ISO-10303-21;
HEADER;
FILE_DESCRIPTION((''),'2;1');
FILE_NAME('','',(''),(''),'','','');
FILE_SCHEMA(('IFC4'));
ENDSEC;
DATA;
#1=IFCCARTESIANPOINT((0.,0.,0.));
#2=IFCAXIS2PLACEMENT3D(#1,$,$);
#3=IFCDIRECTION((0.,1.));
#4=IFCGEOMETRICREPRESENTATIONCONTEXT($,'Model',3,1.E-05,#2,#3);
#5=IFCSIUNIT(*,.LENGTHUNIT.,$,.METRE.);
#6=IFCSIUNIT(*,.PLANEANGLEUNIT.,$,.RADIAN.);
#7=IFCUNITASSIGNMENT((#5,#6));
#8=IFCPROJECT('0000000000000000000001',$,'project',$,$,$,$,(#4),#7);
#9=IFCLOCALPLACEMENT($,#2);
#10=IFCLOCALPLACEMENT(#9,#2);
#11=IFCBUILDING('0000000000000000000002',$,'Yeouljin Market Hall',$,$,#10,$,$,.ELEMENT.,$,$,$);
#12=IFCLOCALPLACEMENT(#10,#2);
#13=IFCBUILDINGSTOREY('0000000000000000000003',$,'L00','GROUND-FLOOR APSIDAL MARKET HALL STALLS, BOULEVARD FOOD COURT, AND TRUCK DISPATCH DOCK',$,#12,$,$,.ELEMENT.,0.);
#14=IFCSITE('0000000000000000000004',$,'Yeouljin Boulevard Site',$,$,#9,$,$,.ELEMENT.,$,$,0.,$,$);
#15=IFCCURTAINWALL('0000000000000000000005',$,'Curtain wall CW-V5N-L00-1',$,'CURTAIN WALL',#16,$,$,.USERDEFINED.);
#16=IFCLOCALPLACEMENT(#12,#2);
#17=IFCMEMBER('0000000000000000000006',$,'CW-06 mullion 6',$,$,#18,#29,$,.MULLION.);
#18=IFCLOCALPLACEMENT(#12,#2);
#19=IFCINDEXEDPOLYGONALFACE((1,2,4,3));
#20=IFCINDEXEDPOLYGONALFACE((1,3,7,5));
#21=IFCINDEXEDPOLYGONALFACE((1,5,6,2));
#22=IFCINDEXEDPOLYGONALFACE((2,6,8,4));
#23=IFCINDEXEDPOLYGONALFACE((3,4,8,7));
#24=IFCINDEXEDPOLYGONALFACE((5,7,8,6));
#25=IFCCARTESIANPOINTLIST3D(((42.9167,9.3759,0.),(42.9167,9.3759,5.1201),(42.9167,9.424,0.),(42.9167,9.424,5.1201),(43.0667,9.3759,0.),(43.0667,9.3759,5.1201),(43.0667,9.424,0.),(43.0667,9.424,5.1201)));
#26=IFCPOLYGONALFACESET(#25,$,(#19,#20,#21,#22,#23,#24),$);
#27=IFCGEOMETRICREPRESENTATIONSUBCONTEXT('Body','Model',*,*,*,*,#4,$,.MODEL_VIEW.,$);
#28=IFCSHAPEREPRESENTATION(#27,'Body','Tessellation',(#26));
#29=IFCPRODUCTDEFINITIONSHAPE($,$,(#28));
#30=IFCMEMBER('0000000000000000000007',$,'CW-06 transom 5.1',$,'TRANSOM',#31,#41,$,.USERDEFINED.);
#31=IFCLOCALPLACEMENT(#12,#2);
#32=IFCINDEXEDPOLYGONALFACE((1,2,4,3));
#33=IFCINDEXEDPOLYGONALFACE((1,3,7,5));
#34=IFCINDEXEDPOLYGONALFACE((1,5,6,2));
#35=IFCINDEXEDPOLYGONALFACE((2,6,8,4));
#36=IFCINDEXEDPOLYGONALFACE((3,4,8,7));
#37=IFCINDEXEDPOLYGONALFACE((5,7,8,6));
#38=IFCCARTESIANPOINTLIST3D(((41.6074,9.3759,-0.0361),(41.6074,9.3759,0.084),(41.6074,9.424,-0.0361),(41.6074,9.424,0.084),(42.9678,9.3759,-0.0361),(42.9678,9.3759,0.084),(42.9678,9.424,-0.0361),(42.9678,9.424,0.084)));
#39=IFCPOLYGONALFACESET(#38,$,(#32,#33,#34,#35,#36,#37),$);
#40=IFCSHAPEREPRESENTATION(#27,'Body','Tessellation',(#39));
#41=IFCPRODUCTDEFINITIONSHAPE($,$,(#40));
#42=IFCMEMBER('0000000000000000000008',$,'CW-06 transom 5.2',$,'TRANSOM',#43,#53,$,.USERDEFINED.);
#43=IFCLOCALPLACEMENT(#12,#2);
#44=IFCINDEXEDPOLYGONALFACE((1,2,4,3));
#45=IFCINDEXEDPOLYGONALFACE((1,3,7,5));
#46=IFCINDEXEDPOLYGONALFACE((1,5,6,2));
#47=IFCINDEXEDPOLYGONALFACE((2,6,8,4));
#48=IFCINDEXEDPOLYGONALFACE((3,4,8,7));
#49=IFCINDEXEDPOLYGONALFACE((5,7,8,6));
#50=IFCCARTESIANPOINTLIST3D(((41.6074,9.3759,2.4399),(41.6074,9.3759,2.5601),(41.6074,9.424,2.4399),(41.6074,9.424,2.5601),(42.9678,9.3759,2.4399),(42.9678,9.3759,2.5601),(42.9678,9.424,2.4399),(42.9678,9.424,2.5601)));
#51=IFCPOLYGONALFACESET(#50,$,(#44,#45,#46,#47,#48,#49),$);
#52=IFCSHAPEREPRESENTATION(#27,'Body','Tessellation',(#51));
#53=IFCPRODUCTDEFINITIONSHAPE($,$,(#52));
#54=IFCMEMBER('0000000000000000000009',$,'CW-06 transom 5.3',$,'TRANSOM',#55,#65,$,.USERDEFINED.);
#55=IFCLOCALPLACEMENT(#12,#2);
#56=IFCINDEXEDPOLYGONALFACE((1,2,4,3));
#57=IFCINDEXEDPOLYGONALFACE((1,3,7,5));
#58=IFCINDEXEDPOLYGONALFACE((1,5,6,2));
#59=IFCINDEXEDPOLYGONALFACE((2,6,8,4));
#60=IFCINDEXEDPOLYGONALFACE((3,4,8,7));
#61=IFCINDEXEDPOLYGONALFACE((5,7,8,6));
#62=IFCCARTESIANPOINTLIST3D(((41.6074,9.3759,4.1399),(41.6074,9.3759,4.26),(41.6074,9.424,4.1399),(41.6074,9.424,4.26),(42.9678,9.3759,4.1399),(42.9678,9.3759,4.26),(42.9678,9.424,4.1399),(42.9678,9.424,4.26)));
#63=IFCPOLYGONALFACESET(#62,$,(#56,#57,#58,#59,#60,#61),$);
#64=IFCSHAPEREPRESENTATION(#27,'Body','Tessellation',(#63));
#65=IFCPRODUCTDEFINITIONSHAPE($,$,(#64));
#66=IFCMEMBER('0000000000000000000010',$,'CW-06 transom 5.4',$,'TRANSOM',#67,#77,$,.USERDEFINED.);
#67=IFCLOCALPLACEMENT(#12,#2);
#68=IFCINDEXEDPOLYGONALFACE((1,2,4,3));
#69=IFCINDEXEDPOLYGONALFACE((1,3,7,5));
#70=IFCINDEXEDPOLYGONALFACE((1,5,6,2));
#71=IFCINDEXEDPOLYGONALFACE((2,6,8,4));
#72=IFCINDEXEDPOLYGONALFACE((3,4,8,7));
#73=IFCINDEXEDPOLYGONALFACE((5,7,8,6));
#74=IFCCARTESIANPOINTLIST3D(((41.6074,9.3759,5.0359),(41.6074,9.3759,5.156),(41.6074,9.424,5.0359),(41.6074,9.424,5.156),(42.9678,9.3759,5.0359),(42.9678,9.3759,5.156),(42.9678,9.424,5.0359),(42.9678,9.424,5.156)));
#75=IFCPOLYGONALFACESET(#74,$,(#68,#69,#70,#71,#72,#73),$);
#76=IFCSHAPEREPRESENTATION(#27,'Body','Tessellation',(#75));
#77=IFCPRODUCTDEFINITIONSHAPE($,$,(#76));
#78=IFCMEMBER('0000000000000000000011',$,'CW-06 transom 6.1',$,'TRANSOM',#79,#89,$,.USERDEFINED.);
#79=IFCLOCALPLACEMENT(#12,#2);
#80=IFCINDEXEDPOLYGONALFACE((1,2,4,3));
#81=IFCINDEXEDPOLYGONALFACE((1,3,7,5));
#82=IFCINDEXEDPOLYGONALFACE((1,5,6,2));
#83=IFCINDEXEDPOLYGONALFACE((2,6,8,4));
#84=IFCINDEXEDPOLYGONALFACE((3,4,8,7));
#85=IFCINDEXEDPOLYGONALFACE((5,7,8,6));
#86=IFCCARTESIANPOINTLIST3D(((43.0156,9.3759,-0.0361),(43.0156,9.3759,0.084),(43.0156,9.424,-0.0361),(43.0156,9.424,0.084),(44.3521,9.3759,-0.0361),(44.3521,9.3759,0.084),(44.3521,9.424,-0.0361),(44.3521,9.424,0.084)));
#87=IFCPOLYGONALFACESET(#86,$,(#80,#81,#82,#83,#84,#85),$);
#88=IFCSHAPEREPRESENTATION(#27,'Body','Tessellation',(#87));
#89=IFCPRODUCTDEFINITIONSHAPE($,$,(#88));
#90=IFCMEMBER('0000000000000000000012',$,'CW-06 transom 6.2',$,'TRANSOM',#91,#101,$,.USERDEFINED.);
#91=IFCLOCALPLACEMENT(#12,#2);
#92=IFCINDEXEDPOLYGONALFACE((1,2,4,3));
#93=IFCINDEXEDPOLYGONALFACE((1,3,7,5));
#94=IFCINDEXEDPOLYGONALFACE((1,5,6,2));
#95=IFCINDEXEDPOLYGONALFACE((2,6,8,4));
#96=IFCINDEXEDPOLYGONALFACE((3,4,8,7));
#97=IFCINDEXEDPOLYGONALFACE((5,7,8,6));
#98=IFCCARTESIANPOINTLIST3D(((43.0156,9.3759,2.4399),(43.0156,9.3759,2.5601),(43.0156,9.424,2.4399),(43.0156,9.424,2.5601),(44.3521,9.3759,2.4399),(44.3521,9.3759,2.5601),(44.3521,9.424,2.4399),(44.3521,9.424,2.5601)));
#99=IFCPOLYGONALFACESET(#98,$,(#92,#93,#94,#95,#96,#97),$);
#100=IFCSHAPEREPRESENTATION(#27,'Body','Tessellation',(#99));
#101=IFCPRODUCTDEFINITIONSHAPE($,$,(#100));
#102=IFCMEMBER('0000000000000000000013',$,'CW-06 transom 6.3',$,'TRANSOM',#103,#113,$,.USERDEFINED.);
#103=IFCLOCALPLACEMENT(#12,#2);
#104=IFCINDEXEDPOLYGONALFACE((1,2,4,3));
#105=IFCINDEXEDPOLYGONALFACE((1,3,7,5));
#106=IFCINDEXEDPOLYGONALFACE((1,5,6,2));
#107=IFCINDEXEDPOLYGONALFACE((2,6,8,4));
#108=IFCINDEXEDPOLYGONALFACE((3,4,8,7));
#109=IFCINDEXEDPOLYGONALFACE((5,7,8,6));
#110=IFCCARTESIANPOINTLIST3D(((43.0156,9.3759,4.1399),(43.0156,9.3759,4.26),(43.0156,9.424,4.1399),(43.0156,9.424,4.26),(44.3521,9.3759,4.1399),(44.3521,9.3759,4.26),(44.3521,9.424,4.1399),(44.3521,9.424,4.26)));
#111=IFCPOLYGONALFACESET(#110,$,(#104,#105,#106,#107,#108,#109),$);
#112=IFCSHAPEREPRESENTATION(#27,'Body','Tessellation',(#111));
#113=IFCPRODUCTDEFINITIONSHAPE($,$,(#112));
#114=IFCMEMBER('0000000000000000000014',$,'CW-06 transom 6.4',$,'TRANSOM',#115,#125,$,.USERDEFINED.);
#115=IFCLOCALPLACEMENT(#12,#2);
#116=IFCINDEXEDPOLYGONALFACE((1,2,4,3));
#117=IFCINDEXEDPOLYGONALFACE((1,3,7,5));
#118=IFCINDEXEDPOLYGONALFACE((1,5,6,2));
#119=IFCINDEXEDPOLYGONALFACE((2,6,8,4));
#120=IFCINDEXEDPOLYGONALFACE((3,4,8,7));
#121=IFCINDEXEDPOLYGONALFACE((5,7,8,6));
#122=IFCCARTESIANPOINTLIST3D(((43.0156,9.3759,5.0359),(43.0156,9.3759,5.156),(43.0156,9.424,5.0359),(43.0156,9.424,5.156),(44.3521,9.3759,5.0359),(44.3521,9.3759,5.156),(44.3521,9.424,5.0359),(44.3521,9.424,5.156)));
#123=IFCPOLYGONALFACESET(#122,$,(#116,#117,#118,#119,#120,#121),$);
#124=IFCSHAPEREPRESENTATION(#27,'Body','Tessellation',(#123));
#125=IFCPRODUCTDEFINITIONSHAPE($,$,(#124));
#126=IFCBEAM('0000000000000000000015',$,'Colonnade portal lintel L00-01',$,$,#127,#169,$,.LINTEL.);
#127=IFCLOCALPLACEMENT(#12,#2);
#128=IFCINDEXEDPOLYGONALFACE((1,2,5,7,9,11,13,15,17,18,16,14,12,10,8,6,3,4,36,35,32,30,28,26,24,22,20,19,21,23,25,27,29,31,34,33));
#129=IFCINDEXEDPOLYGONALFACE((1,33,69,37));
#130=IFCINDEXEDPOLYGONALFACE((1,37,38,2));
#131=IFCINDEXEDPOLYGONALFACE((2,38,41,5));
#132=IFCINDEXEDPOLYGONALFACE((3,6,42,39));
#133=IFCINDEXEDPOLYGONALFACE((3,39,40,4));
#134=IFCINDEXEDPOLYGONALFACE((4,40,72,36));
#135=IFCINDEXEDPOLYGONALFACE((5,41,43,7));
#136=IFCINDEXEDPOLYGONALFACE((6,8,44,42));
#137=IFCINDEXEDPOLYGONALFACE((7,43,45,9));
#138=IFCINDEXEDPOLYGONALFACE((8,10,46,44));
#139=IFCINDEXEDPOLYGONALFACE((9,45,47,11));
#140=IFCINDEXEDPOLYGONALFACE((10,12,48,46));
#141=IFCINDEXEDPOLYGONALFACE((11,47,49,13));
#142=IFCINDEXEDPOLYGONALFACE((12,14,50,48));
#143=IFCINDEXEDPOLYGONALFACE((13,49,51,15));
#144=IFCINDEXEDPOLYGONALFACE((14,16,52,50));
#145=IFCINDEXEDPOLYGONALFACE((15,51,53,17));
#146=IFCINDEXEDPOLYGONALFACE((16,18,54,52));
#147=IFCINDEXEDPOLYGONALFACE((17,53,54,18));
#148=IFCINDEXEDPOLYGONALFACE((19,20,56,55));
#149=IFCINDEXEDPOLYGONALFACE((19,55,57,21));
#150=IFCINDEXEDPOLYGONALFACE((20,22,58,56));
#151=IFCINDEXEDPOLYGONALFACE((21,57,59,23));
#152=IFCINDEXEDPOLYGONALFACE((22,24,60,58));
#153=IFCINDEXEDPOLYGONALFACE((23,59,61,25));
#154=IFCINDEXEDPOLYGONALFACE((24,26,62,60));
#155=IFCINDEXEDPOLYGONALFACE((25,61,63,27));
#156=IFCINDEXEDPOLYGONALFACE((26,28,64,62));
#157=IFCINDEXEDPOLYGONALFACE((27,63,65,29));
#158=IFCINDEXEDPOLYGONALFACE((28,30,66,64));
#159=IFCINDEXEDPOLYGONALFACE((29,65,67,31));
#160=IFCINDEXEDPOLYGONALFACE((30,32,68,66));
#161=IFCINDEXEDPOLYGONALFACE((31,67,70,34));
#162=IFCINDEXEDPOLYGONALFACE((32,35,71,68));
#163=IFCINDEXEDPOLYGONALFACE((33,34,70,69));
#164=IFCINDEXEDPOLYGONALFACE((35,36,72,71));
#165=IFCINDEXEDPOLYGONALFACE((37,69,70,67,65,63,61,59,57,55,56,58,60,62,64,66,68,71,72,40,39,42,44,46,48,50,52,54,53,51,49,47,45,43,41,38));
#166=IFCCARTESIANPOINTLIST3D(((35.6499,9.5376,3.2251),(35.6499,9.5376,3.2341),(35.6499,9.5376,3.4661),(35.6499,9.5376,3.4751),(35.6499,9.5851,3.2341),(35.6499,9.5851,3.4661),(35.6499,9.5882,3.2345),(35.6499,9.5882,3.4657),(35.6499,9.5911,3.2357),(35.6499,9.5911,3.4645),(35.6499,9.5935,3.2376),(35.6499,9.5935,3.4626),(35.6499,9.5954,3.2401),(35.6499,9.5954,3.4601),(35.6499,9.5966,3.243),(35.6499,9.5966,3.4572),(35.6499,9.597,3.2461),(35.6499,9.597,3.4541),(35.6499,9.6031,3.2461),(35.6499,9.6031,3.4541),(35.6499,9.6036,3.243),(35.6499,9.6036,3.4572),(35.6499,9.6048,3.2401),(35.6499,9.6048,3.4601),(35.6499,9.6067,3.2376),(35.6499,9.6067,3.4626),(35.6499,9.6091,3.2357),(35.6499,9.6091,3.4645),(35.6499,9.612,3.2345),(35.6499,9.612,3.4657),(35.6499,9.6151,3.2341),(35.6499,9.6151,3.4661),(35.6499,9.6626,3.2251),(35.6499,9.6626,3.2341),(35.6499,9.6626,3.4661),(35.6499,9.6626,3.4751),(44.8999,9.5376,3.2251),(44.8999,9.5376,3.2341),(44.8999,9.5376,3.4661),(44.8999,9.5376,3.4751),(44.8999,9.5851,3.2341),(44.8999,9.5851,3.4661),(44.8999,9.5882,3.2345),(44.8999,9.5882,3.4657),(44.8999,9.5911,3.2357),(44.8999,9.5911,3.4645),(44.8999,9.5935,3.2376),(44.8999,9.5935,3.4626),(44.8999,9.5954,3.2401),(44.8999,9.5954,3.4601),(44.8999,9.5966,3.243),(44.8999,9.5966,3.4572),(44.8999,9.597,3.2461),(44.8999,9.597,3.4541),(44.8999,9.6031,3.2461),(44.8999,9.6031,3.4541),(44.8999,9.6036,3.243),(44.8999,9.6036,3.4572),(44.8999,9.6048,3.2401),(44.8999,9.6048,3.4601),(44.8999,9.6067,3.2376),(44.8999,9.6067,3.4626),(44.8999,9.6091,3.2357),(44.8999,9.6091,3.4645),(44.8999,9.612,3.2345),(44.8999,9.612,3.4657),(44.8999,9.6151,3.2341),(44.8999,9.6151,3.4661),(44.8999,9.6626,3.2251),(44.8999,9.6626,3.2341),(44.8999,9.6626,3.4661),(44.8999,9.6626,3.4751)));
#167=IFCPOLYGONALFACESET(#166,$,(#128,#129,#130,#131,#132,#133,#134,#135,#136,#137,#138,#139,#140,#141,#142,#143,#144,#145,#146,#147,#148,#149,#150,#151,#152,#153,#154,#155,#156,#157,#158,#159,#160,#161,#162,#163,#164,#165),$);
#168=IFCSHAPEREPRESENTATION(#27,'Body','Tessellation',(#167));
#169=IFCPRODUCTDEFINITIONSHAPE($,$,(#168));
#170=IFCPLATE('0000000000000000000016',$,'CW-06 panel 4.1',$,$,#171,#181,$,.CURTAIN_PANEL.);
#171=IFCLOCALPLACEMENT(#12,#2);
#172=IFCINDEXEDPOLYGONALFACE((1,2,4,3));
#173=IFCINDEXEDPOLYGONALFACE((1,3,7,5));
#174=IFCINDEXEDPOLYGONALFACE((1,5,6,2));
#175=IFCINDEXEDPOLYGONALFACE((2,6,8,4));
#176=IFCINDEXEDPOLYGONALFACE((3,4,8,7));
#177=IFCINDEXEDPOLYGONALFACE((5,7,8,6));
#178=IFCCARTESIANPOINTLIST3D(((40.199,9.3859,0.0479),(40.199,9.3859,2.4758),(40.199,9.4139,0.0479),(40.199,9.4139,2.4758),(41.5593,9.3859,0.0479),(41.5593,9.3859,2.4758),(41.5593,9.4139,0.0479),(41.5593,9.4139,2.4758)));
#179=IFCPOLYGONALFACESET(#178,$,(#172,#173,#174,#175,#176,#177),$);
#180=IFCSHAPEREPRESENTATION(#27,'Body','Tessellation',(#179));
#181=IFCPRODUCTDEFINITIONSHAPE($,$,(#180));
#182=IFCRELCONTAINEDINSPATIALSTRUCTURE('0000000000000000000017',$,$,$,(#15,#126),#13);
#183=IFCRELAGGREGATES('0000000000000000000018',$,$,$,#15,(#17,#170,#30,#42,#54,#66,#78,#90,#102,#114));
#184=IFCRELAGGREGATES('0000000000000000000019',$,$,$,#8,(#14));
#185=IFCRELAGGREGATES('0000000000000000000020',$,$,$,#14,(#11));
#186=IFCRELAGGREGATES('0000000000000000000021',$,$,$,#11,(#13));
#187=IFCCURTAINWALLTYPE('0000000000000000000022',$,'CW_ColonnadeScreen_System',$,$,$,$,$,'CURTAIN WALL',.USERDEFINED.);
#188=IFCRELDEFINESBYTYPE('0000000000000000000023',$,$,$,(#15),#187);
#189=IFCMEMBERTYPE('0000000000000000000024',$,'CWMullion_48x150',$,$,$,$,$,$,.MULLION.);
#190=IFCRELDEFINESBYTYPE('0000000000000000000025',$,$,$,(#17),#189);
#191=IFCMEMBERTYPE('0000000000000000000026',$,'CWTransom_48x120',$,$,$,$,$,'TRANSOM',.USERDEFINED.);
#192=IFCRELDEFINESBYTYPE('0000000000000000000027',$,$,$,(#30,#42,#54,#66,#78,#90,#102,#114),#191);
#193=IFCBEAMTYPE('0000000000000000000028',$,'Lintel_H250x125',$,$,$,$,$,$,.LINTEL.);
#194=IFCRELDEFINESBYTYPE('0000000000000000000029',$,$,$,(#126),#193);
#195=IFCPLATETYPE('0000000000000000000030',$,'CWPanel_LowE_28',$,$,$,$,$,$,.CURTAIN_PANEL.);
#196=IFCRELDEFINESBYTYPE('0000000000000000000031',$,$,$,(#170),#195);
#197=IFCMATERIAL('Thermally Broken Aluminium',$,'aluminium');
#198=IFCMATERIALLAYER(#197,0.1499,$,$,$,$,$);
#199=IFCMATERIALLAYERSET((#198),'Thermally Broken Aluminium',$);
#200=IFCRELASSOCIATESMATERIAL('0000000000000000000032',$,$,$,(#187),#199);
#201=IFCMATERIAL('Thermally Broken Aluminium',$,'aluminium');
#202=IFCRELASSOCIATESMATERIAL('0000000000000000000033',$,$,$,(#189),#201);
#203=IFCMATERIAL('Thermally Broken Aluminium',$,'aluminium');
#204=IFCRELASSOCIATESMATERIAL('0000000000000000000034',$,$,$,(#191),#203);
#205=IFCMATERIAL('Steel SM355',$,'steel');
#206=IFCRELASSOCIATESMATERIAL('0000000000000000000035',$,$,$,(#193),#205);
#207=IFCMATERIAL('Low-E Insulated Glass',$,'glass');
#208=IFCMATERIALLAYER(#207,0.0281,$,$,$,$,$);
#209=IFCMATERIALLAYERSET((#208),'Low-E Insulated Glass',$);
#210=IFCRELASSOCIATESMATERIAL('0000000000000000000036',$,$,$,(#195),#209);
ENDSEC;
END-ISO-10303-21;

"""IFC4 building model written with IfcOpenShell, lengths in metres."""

from ifc_helpers import new_model, si_unit, direction, frame, origin, origin_2d, place, context, subcontext, project, spatial, rectangle, i_section, extrude, material, layer, layer_set, material_profile, profile_set, type_object, element, aggregate, save


model = new_model("IFC4")

# Units and contexts
model_context = context("Model", 3, precision=1e-05, world=origin(), true_north=direction((0.0, 1.0)))
body_context = subcontext(model_context, "Body", "Model", "MODEL_VIEW")
ifc_project = project(units=[si_unit("LENGTHUNIT", "METRE"), si_unit("PLANEANGLEUNIT", "RADIAN")], contexts=[model_context])

# Site, building, storey
site_placement = place(None, origin())
site = spatial("IfcSite", under=ifc_project, at=site_placement, Name="Yeouljin Boulevard Site", CompositionType="ELEMENT", RefElevation=0.0)
building_placement = place(site_placement, origin())
building = spatial("IfcBuilding", under=site, at=building_placement, Name="Yeouljin Market Hall", CompositionType="ELEMENT")
storey_placement = place(building_placement, origin())
storey = spatial("IfcBuildingStorey", under=building, at=storey_placement, Name="L00", Description="GROUND-FLOOR APSIDAL MARKET HALL STALLS, BOULEVARD FOOD COURT, AND TRUCK DISPATCH DOCK", CompositionType="ELEMENT", Elevation=0.0)

# Curtain wall, members
ifc_material_1 = material(Name="Thermally Broken Aluminium", Category="aluminium")
ifc_layer_1 = layer(ifc_material_1, 0.1499)
ifc_layer_set_1 = layer_set([ifc_layer_1], Name="Thermally Broken Aluminium")
curtain_wall_type = type_object("IfcCurtainWallType", Name="CW_ColonnadeScreen_System", ElementType="CURTAIN WALL", PredefinedType="USERDEFINED", material=ifc_layer_set_1)
curtain_wall_placement = place(storey_placement, origin())
curtain_wall = element("IfcCurtainWall", 1, at=curtain_wall_placement, inside=storey, type_object=curtain_wall_type, Name="Curtain wall CW-V5N-L00-1", ObjectType="CURTAIN WALL", PredefinedType="USERDEFINED")
ifc_material_2 = material(Name="Thermally Broken Aluminium", Category="aluminium")
ifc_material_profile_1 = material_profile(ifc_material_2, rectangle(XDim=0.0481, YDim=0.1499, at=origin_2d()), Name="CW-MULL-48x150")
ifc_profile_set_1 = profile_set([ifc_material_profile_1], Name="Thermally Broken Aluminium")
member_type_1 = type_object("IfcMemberType", Name="CWMullion_48x150", PredefinedType="MULLION", material=ifc_profile_set_1)
member_1_placement = place(storey_placement, frame((42.9917, 9.3999, 0.0), z_axis=(0.0, 0.0, 1.0), x_axis=(0.0, 1.0, 0.0)))
member_1 = element("IfcMember", 2, at=member_1_placement, type_object=member_type_1, Name="CW-06 mullion 6", PredefinedType="MULLION", context=body_context, shape_type="SweptSolid", body=[
    extrude(rectangle(XDim=0.0481, YDim=0.1499, at=origin_2d()), origin(), (0.0, 0.0, 1.0), 5.1201),
])
ifc_material_3 = material(Name="Thermally Broken Aluminium", Category="aluminium")
ifc_material_profile_2 = material_profile(ifc_material_3, rectangle(XDim=0.0481, YDim=0.1201, at=origin_2d()), Name="CW-TRAN-48x120")
ifc_profile_set_2 = profile_set([ifc_material_profile_2], Name="Thermally Broken Aluminium")
member_type_2 = type_object("IfcMemberType", Name="CWTransom_48x120", ElementType="TRANSOM", PredefinedType="USERDEFINED", material=ifc_profile_set_2)
member_2_placement = place(storey_placement, frame((41.6074, 9.3999, 0.0239), z_axis=(1.0, 0.0, 0.0), x_axis=(0.0, 1.0, 0.0)))
member_2 = element("IfcMember", 3, at=member_2_placement, type_object=member_type_2, Name="CW-06 transom 5.1", ObjectType="TRANSOM", PredefinedType="USERDEFINED", context=body_context, shape_type="SweptSolid", body=[
    extrude(rectangle(XDim=0.0481, YDim=0.1201, at=origin_2d()), origin(), (0.0, 0.0, 1.0), 1.3604),
])
member_3_placement = place(storey_placement, frame((41.6074, 9.3999, 2.5), z_axis=(1.0, 0.0, 0.0), x_axis=(0.0, 1.0, 0.0)))
member_3 = element("IfcMember", 4, at=member_3_placement, type_object=member_type_2, Name="CW-06 transom 5.2", ObjectType="TRANSOM", PredefinedType="USERDEFINED", context=body_context, shape_type="SweptSolid", body=[
    extrude(rectangle(XDim=0.0481, YDim=0.1201, at=origin_2d()), origin(), (0.0, 0.0, 1.0), 1.3604),
])
member_4_placement = place(storey_placement, frame((41.6074, 9.3999, 4.2), z_axis=(1.0, 0.0, 0.0), x_axis=(0.0, 1.0, 0.0)))
member_4 = element("IfcMember", 5, at=member_4_placement, type_object=member_type_2, Name="CW-06 transom 5.3", ObjectType="TRANSOM", PredefinedType="USERDEFINED", context=body_context, shape_type="SweptSolid", body=[
    extrude(rectangle(XDim=0.0481, YDim=0.1201, at=origin_2d()), origin(), (0.0, 0.0, 1.0), 1.3604),
])
member_5_placement = place(storey_placement, frame((41.6074, 9.3999, 5.0959), z_axis=(1.0, 0.0, 0.0), x_axis=(0.0, 1.0, 0.0)))
member_5 = element("IfcMember", 6, at=member_5_placement, type_object=member_type_2, Name="CW-06 transom 5.4", ObjectType="TRANSOM", PredefinedType="USERDEFINED", context=body_context, shape_type="SweptSolid", body=[
    extrude(rectangle(XDim=0.0481, YDim=0.1201, at=origin_2d()), origin(), (0.0, 0.0, 1.0), 1.3604),
])
member_6_placement = place(storey_placement, frame((43.0156, 9.3999, 0.0239), z_axis=(1.0, 0.0, 0.0), x_axis=(0.0, 1.0, 0.0)))
member_6 = element("IfcMember", 7, at=member_6_placement, type_object=member_type_2, Name="CW-06 transom 6.1", ObjectType="TRANSOM", PredefinedType="USERDEFINED", context=body_context, shape_type="SweptSolid", body=[
    extrude(rectangle(XDim=0.0481, YDim=0.1201, at=origin_2d()), origin(), (0.0, 0.0, 1.0), 1.3364),
])
member_7_placement = place(storey_placement, frame((43.0156, 9.3999, 2.5), z_axis=(1.0, 0.0, 0.0), x_axis=(0.0, 1.0, 0.0)))
member_7 = element("IfcMember", 8, at=member_7_placement, type_object=member_type_2, Name="CW-06 transom 6.2", ObjectType="TRANSOM", PredefinedType="USERDEFINED", context=body_context, shape_type="SweptSolid", body=[
    extrude(rectangle(XDim=0.0481, YDim=0.1201, at=origin_2d()), origin(), (0.0, 0.0, 1.0), 1.3364),
])
member_8_placement = place(storey_placement, frame((43.0156, 9.3999, 4.2), z_axis=(1.0, 0.0, 0.0), x_axis=(0.0, 1.0, 0.0)))
member_8 = element("IfcMember", 9, at=member_8_placement, type_object=member_type_2, Name="CW-06 transom 6.3", ObjectType="TRANSOM", PredefinedType="USERDEFINED", context=body_context, shape_type="SweptSolid", body=[
    extrude(rectangle(XDim=0.0481, YDim=0.1201, at=origin_2d()), origin(), (0.0, 0.0, 1.0), 1.3364),
])
member_9_placement = place(storey_placement, frame((43.0156, 9.3999, 5.0959), z_axis=(1.0, 0.0, 0.0), x_axis=(0.0, 1.0, 0.0)))
member_9 = element("IfcMember", 10, at=member_9_placement, type_object=member_type_2, Name="CW-06 transom 6.4", ObjectType="TRANSOM", PredefinedType="USERDEFINED", context=body_context, shape_type="SweptSolid", body=[
    extrude(rectangle(XDim=0.0481, YDim=0.1201, at=origin_2d()), origin(), (0.0, 0.0, 1.0), 1.3364),
])

# Beam
ifc_material_4 = material(Name="Steel SM355", Category="steel")
ifc_material_profile_3 = material_profile(ifc_material_4, i_section(OverallWidth=0.125, OverallDepth=0.25, WebThickness=0.0061, FlangeThickness=0.009, FilletRadius=0.012, at=origin_2d()), Name="H-250x125x6x9")
ifc_profile_set_3 = profile_set([ifc_material_profile_3], Name="Steel SM355")
beam_type = type_object("IfcBeamType", Name="Lintel_H250x125", PredefinedType="LINTEL", material=ifc_profile_set_3)
beam_placement = place(storey_placement, frame((35.6499, 9.6001, 3.3501), z_axis=(1.0, 0.0, 0.0), x_axis=(0.0, 1.0, 0.0)))
element("IfcBeam", 11, at=beam_placement, inside=storey, type_object=beam_type, Name="Colonnade portal lintel L00-01", PredefinedType="LINTEL", context=body_context, shape_type="SweptSolid", body=[
    extrude(i_section(OverallWidth=0.125, OverallDepth=0.25, WebThickness=0.0061, FlangeThickness=0.009, FilletRadius=0.012, at=origin_2d()), origin(), (0.0, 0.0, 1.0), 9.25),
])

# Plate
ifc_material_5 = material(Name="Low-E Insulated Glass", Category="glass")
ifc_layer_2 = layer(ifc_material_5, 0.0281)
ifc_layer_set_2 = layer_set([ifc_layer_2], Name="Low-E Insulated Glass")
plate_type = type_object("IfcPlateType", Name="CWPanel_LowE_28", PredefinedType="CURTAIN_PANEL", material=ifc_layer_set_2)
plate_1_placement = place(storey_placement, frame((40.8792, 9.3999, 0.0479), z_axis=(0.0, 0.0, 1.0), x_axis=(1.0, 0.0, 0.0)))
plate_1 = element("IfcPlate", 12, at=plate_1_placement, type_object=plate_type, Name="CW-06 panel 4.1", PredefinedType="CURTAIN_PANEL", context=body_context, shape_type="SweptSolid", body=[
    extrude(rectangle(XDim=1.3604, YDim=0.0281, at=origin_2d()), origin(), (0.0, 0.0, 1.0), 2.428),
])
aggregate(curtain_wall, [member_1, plate_1, member_2, member_3, member_4, member_5, member_6, member_7, member_8, member_9])

save(model, "model.ifc")
